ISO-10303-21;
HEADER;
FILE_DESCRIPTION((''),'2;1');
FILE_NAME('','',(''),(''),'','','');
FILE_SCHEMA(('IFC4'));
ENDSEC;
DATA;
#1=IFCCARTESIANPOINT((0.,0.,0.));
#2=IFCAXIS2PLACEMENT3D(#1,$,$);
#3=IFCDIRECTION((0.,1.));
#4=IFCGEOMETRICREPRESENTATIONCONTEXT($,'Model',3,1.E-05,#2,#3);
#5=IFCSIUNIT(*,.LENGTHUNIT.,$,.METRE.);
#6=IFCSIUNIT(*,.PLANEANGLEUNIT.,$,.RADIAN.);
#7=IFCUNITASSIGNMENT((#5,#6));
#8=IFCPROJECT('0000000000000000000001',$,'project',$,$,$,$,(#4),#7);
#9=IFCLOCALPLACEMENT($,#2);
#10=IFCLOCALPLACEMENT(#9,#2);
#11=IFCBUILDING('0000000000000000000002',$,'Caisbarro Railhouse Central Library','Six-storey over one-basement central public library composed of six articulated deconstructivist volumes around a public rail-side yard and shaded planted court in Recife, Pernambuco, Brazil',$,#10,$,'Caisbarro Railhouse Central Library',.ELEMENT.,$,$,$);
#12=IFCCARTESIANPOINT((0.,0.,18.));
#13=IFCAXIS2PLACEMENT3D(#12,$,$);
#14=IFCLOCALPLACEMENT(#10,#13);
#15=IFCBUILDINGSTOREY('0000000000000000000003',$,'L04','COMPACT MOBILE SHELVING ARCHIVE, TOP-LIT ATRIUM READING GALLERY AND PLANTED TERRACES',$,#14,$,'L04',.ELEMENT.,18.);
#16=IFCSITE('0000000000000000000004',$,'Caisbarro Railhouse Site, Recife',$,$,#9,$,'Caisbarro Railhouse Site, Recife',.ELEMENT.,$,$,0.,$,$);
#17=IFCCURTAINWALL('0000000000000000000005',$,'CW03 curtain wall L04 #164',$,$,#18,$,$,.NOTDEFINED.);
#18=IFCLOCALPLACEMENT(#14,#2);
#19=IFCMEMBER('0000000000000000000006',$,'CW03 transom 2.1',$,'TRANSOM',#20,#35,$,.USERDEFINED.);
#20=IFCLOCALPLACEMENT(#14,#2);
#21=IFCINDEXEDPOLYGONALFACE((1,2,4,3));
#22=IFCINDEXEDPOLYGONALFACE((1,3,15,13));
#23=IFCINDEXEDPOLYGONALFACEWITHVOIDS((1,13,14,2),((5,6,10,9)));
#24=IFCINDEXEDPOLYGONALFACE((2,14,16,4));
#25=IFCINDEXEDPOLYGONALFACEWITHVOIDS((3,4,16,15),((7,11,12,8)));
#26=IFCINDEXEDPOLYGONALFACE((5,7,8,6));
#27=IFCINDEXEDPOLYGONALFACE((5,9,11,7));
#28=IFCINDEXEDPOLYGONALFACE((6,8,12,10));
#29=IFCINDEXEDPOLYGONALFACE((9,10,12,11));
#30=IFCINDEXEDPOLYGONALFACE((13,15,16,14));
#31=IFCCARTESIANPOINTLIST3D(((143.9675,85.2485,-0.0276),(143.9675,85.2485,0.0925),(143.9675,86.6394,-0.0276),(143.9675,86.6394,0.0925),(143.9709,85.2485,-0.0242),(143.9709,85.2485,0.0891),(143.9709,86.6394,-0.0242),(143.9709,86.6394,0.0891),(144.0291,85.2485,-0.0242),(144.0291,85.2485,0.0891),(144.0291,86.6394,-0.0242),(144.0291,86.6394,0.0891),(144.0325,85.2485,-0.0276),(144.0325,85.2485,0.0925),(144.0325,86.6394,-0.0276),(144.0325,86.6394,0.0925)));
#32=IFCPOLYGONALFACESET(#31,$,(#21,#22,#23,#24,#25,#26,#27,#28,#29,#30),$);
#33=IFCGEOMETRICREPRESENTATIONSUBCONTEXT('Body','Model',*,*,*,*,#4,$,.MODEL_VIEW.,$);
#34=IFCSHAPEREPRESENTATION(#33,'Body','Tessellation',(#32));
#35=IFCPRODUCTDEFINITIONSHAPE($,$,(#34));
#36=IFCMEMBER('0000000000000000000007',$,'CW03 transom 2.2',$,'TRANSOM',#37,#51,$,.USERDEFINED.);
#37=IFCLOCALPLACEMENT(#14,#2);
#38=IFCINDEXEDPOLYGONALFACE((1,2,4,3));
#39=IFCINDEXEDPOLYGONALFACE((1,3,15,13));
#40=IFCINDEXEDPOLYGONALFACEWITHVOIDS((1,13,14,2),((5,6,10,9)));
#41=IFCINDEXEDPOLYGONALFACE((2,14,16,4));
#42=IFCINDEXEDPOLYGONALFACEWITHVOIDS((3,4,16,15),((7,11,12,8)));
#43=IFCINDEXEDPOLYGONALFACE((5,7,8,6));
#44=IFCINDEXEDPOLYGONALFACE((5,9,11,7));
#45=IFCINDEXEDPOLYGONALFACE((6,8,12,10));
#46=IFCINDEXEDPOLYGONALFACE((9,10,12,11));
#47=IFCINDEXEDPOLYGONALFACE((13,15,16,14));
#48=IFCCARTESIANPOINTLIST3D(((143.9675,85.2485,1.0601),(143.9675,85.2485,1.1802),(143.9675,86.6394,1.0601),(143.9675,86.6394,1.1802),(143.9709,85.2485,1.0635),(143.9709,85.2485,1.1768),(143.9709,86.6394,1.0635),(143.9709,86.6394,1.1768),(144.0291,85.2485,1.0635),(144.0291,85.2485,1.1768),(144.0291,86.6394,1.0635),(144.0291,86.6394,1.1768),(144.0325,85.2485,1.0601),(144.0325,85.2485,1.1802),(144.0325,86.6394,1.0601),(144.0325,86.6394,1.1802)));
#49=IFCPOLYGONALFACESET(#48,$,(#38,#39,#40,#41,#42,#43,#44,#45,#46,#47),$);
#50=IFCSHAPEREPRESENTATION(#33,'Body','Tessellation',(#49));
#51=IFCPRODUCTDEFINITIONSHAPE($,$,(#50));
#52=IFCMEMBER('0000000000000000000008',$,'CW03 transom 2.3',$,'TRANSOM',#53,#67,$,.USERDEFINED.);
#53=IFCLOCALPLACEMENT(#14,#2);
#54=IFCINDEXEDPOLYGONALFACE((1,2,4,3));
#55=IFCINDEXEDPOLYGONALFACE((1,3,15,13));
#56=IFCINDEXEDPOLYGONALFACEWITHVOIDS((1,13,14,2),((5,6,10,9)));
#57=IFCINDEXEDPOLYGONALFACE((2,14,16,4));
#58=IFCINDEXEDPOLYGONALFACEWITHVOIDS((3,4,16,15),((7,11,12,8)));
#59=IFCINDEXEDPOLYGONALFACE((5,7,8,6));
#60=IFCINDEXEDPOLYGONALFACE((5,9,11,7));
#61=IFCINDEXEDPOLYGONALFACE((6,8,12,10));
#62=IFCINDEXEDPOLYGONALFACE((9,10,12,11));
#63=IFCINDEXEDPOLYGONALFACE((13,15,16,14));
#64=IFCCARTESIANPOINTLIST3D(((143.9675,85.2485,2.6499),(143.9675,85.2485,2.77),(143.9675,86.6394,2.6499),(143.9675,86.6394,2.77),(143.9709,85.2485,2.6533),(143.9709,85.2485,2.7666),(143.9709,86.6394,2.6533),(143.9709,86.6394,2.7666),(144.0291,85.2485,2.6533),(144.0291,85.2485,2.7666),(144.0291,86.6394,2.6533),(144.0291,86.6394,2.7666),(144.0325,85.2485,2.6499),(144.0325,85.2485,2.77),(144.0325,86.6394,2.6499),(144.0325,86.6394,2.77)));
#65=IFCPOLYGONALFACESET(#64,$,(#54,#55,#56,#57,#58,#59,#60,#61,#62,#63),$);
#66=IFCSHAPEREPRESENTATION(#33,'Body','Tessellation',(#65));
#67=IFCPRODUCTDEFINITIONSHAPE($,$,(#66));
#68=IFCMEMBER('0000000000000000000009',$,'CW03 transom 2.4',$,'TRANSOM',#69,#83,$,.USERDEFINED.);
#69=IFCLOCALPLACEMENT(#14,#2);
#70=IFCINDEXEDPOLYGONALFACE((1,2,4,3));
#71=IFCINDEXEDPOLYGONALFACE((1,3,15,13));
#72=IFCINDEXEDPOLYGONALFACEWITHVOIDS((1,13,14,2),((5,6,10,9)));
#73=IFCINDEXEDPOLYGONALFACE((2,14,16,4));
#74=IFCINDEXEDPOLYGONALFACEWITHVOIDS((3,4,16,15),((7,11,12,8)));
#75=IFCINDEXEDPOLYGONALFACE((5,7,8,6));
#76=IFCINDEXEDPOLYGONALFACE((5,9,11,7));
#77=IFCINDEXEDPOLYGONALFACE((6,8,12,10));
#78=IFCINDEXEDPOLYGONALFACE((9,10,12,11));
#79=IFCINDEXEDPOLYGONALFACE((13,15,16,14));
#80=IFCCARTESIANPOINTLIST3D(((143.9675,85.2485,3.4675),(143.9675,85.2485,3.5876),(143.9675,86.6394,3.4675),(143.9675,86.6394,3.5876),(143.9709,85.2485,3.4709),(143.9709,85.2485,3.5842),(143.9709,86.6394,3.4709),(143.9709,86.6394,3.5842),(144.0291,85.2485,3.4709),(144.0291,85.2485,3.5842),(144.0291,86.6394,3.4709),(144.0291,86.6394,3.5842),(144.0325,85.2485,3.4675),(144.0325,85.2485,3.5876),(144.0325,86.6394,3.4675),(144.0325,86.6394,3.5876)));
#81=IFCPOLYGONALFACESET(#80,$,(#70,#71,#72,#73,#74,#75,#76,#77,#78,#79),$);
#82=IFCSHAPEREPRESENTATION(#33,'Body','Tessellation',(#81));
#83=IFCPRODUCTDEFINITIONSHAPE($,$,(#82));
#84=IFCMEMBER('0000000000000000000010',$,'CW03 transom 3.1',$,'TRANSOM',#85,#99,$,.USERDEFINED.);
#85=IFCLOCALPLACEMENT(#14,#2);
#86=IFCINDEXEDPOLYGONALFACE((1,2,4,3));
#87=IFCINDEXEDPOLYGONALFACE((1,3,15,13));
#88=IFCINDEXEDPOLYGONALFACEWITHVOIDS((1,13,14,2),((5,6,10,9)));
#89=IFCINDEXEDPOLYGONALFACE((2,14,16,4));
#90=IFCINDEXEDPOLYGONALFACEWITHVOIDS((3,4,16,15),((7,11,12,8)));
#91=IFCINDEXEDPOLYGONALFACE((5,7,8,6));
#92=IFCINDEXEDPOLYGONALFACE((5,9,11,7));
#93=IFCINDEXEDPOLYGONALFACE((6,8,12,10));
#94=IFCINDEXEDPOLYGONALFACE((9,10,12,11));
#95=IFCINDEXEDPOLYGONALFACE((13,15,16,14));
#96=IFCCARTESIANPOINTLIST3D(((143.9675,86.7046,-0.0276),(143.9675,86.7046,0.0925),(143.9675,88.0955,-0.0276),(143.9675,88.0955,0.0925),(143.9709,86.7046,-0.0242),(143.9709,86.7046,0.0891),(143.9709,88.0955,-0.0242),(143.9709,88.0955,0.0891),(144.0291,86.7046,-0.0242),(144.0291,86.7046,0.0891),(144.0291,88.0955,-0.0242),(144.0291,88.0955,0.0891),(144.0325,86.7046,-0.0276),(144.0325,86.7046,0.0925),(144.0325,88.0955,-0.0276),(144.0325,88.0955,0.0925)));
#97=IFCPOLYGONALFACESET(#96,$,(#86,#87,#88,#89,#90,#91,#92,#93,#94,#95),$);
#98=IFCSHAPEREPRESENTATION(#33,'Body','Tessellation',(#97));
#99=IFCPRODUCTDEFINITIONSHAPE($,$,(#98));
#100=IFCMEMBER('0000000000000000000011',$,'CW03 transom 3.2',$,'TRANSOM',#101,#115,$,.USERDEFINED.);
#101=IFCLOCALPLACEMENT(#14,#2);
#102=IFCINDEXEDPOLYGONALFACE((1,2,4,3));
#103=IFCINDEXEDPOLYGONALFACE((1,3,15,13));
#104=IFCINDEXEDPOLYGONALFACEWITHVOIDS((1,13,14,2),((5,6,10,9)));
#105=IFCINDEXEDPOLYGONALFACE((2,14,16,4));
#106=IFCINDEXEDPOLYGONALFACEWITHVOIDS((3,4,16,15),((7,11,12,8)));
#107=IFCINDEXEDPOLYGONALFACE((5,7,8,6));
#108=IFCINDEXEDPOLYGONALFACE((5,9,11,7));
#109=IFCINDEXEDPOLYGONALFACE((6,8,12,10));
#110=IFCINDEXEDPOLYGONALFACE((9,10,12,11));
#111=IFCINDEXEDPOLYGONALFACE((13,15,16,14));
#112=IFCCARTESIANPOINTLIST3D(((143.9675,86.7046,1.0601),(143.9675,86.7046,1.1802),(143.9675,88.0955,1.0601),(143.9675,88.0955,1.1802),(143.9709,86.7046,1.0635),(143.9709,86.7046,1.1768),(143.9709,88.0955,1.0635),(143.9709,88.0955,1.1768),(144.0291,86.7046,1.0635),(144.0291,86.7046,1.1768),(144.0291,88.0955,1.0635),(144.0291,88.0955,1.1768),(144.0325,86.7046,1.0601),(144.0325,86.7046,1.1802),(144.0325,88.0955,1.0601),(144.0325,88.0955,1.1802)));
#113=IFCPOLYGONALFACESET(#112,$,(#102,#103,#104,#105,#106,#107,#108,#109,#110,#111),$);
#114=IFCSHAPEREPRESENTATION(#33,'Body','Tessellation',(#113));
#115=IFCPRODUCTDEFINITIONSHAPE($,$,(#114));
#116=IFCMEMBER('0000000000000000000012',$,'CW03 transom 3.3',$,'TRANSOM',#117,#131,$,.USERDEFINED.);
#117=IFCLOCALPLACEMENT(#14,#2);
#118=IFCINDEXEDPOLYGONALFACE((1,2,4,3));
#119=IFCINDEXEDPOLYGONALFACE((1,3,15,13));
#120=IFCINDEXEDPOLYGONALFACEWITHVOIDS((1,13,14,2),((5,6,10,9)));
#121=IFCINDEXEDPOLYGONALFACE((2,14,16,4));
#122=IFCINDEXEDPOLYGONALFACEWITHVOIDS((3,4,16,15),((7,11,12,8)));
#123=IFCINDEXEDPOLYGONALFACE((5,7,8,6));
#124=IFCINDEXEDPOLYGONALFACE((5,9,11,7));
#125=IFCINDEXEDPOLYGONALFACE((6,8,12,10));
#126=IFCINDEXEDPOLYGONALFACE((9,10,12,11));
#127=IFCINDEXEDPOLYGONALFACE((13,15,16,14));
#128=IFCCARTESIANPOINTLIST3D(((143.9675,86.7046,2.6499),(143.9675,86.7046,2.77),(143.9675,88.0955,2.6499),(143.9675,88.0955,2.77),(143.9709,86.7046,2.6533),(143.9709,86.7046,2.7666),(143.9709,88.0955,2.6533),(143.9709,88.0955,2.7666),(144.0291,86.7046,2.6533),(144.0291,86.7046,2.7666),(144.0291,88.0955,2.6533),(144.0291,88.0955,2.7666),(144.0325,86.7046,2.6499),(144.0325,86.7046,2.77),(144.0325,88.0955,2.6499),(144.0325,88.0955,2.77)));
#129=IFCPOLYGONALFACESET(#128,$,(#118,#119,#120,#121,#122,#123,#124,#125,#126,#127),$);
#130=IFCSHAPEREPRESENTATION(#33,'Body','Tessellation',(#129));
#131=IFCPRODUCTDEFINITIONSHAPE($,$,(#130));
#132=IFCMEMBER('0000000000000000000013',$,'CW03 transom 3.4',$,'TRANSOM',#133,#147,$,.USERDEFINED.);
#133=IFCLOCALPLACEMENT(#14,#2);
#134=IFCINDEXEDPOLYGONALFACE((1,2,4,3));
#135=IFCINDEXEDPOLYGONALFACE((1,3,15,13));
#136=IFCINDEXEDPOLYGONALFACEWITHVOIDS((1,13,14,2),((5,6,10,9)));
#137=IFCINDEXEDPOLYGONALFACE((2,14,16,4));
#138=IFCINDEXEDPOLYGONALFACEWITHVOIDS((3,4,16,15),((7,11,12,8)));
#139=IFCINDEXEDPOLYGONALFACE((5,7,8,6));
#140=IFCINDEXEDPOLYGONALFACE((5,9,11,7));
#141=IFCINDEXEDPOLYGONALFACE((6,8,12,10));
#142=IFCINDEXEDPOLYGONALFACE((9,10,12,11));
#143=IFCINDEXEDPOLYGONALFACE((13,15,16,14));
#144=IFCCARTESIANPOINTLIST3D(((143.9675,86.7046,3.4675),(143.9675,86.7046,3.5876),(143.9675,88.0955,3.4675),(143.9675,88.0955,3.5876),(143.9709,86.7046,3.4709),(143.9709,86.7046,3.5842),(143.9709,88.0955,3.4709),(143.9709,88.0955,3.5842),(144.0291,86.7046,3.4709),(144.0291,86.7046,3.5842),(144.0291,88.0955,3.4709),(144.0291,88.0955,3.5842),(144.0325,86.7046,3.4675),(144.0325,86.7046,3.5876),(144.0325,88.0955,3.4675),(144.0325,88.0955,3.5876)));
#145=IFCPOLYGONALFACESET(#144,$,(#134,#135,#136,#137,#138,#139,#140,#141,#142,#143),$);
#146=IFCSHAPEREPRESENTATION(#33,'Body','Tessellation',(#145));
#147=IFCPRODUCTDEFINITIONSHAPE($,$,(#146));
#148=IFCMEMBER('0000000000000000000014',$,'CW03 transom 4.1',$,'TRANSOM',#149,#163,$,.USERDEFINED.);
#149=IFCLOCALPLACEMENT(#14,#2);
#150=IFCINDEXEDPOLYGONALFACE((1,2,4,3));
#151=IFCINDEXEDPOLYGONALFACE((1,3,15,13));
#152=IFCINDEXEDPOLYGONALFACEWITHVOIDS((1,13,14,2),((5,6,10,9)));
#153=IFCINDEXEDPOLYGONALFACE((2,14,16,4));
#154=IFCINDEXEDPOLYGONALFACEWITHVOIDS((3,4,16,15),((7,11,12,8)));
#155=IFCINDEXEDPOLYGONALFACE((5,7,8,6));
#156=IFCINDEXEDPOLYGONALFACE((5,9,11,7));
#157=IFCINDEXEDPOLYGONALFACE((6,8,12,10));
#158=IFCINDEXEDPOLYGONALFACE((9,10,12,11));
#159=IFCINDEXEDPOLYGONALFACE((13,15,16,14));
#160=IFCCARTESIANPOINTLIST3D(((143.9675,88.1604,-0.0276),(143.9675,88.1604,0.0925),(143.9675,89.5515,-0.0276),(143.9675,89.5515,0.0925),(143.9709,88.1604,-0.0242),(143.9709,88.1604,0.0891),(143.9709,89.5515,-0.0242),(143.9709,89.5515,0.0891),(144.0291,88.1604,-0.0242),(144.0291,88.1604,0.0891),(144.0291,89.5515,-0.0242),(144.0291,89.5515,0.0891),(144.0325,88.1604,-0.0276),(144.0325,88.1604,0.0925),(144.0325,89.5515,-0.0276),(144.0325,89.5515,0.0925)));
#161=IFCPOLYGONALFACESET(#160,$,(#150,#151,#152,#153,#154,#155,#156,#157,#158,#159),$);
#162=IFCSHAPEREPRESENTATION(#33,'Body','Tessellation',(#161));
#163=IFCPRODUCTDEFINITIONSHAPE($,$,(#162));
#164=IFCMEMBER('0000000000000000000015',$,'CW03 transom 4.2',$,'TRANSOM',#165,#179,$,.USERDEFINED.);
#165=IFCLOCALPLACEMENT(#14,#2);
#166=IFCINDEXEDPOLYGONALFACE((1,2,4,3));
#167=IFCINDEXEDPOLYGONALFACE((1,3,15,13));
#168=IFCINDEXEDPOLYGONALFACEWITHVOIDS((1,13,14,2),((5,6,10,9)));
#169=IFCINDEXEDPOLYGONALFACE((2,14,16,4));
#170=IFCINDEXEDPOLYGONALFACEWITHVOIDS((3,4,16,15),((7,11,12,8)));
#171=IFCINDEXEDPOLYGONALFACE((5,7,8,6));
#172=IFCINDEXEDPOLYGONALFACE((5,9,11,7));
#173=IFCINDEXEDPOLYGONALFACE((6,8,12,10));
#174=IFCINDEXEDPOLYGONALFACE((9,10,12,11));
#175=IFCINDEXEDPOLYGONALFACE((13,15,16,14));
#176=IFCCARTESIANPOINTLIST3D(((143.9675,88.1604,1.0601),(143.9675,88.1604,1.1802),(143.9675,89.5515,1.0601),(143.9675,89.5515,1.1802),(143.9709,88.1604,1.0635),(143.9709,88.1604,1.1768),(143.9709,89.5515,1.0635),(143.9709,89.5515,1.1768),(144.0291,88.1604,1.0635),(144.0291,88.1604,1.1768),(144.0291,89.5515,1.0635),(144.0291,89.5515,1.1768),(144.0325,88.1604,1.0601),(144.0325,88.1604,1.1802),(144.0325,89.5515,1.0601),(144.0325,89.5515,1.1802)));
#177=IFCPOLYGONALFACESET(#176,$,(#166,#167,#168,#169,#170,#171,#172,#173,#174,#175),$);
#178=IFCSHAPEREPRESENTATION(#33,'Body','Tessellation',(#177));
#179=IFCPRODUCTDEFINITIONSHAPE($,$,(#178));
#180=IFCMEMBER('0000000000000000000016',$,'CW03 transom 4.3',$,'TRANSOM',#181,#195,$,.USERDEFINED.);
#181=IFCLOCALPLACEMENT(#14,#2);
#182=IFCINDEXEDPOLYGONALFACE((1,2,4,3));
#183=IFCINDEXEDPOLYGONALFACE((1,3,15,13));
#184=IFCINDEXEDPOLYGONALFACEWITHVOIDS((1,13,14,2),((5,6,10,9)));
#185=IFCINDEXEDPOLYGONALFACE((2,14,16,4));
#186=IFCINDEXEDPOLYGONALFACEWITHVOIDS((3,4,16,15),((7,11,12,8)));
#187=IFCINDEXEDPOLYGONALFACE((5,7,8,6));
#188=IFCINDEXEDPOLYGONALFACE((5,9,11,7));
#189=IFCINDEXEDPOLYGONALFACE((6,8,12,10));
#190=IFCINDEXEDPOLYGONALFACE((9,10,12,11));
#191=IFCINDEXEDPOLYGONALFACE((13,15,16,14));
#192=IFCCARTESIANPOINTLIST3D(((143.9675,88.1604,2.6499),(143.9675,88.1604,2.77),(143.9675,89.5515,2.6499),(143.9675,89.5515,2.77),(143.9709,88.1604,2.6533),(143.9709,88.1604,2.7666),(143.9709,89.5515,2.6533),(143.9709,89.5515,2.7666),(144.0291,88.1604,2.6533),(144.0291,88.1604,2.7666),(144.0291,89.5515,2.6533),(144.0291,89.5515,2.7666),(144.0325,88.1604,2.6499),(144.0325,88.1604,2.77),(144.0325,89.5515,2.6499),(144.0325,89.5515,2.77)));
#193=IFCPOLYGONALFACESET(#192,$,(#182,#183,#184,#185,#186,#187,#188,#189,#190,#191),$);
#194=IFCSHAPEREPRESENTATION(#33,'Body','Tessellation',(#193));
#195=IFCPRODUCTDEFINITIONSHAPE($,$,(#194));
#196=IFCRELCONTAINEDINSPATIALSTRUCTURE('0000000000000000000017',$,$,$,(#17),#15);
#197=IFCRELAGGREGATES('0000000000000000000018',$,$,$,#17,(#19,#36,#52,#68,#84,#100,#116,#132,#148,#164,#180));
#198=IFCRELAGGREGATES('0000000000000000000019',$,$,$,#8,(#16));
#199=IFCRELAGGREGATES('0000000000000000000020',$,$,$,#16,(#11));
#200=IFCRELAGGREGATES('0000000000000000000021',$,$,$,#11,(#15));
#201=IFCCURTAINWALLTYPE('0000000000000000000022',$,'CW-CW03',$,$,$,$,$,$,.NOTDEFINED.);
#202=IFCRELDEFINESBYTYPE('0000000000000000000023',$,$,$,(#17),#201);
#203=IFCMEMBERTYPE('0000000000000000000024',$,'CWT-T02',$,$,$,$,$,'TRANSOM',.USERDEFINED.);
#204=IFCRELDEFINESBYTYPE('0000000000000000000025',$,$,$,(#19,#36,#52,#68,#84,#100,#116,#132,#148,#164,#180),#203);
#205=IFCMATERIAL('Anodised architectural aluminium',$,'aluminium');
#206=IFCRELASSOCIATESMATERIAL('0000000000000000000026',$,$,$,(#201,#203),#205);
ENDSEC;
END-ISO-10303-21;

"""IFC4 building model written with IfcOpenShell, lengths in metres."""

from ifc_helpers import new_model, si_unit, direction, frame, origin, origin_2d, place, context, subcontext, project, spatial, hollow_rectangle, extrude, material, material_profile, profile_set, type_object, element, aggregate, save


model = new_model("IFC4")

# Units and contexts
model_context = context("Model", 3, precision=1e-05, world=origin(), true_north=direction((0.0, 1.0)))
body_context = subcontext(model_context, "Body", "Model", "MODEL_VIEW")
ifc_project = project(units=[si_unit("LENGTHUNIT", "METRE"), si_unit("PLANEANGLEUNIT", "RADIAN")], contexts=[model_context])

# Site, building, storey
site_placement = place(None, origin())
site = spatial("IfcSite", under=ifc_project, at=site_placement, Name="Caisbarro Railhouse Site, Recife", LongName="Caisbarro Railhouse Site, Recife", CompositionType="ELEMENT", RefElevation=0.0)
building_placement = place(site_placement, origin())
building = spatial("IfcBuilding", under=site, at=building_placement, Name="Caisbarro Railhouse Central Library", Description="Six-storey over one-basement central public library composed of six articulated deconstructivist volumes around a public rail-side yard and shaded planted court in Recife, Pernambuco, Brazil", LongName="Caisbarro Railhouse Central Library", CompositionType="ELEMENT")
storey_placement = place(building_placement, frame((0.0, 0.0, 18.0)))
storey = spatial("IfcBuildingStorey", under=building, at=storey_placement, Name="L04", Description="COMPACT MOBILE SHELVING ARCHIVE, TOP-LIT ATRIUM READING GALLERY AND PLANTED TERRACES", LongName="L04", CompositionType="ELEMENT", Elevation=18.0)

# Curtain wall, members
ifc_material_1 = material(Name="Anodised architectural aluminium", Category="aluminium")
curtain_wall_type = type_object("IfcCurtainWallType", Name="CW-CW03", PredefinedType="NOTDEFINED", material=ifc_material_1)
curtain_wall_placement = place(storey_placement, origin())
curtain_wall = element("IfcCurtainWall", 1, at=curtain_wall_placement, inside=storey, type_object=curtain_wall_type, Name="CW03 curtain wall L04 #164", PredefinedType="NOTDEFINED")
ifc_material_profile_1 = material_profile(ifc_material_1, hollow_rectangle(XDim=0.0649, YDim=0.1201, WallThickness=0.0034, at=origin_2d()), Name="ALU-TRN-65X120")
ifc_profile_set_1 = profile_set([ifc_material_profile_1], Name="Anodised architectural aluminium")
member_type_1 = type_object("IfcMemberType", Name="CWT-T02", ElementType="TRANSOM", PredefinedType="USERDEFINED", material=ifc_profile_set_1)
member_1_placement = place(storey_placement, frame((144.0, 85.2485, 0.0325), z_axis=(0.0, 1.0, 0.0), x_axis=(-1.0, 0.0, 0.0)))
member_1 = element("IfcMember", 2, at=member_1_placement, type_object=member_type_1, Name="CW03 transom 2.1", ObjectType="TRANSOM", PredefinedType="USERDEFINED", context=body_context, shape_type="SweptSolid", body=[
    extrude(hollow_rectangle(XDim=0.0649, YDim=0.1201, WallThickness=0.0034, at=origin_2d()), origin(), (0.0, 0.0, 1.0), 1.3909),
])
member_2_placement = place(storey_placement, frame((144.0, 85.2485, 1.1201), z_axis=(0.0, 1.0, 0.0), x_axis=(-1.0, 0.0, 0.0)))
member_2 = element("IfcMember", 3, at=member_2_placement, type_object=member_type_1, Name="CW03 transom 2.2", ObjectType="TRANSOM", PredefinedType="USERDEFINED", context=body_context, shape_type="SweptSolid", body=[
    extrude(hollow_rectangle(XDim=0.0649, YDim=0.1201, WallThickness=0.0034, at=origin_2d()), origin(), (0.0, 0.0, 1.0), 1.3909),
])
member_3_placement = place(storey_placement, frame((144.0, 85.2485, 2.71), z_axis=(0.0, 1.0, 0.0), x_axis=(-1.0, 0.0, 0.0)))
member_3 = element("IfcMember", 4, at=member_3_placement, type_object=member_type_1, Name="CW03 transom 2.3", ObjectType="TRANSOM", PredefinedType="USERDEFINED", context=body_context, shape_type="SweptSolid", body=[
    extrude(hollow_rectangle(XDim=0.0649, YDim=0.1201, WallThickness=0.0034, at=origin_2d()), origin(), (0.0, 0.0, 1.0), 1.3909),
])
member_4_placement = place(storey_placement, frame((144.0, 85.2485, 3.5276), z_axis=(0.0, 1.0, 0.0), x_axis=(-1.0, 0.0, 0.0)))
member_4 = element("IfcMember", 5, at=member_4_placement, type_object=member_type_1, Name="CW03 transom 2.4", ObjectType="TRANSOM", PredefinedType="USERDEFINED", context=body_context, shape_type="SweptSolid", body=[
    extrude(hollow_rectangle(XDim=0.0649, YDim=0.1201, WallThickness=0.0034, at=origin_2d()), origin(), (0.0, 0.0, 1.0), 1.3909),
])
member_5_placement = place(storey_placement, frame((144.0, 86.7046, 0.0325), z_axis=(0.0, 1.0, 0.0), x_axis=(-1.0, 0.0, 0.0)))
member_5 = element("IfcMember", 6, at=member_5_placement, type_object=member_type_1, Name="CW03 transom 3.1", ObjectType="TRANSOM", PredefinedType="USERDEFINED", context=body_context, shape_type="SweptSolid", body=[
    extrude(hollow_rectangle(XDim=0.0649, YDim=0.1201, WallThickness=0.0034, at=origin_2d()), origin(), (0.0, 0.0, 1.0), 1.3909),
])
member_6_placement = place(storey_placement, frame((144.0, 86.7046, 1.1201), z_axis=(0.0, 1.0, 0.0), x_axis=(-1.0, 0.0, 0.0)))
member_6 = element("IfcMember", 7, at=member_6_placement, type_object=member_type_1, Name="CW03 transom 3.2", ObjectType="TRANSOM", PredefinedType="USERDEFINED", context=body_context, shape_type="SweptSolid", body=[
    extrude(hollow_rectangle(XDim=0.0649, YDim=0.1201, WallThickness=0.0034, at=origin_2d()), origin(), (0.0, 0.0, 1.0), 1.3909),
])
member_7_placement = place(storey_placement, frame((144.0, 86.7046, 2.71), z_axis=(0.0, 1.0, 0.0), x_axis=(-1.0, 0.0, 0.0)))
member_7 = element("IfcMember", 8, at=member_7_placement, type_object=member_type_1, Name="CW03 transom 3.3", ObjectType="TRANSOM", PredefinedType="USERDEFINED", context=body_context, shape_type="SweptSolid", body=[
    extrude(hollow_rectangle(XDim=0.0649, YDim=0.1201, WallThickness=0.0034, at=origin_2d()), origin(), (0.0, 0.0, 1.0), 1.3909),
])
member_8_placement = place(storey_placement, frame((144.0, 86.7046, 3.5276), z_axis=(0.0, 1.0, 0.0), x_axis=(-1.0, 0.0, 0.0)))
member_8 = element("IfcMember", 9, at=member_8_placement, type_object=member_type_1, Name="CW03 transom 3.4", ObjectType="TRANSOM", PredefinedType="USERDEFINED", context=body_context, shape_type="SweptSolid", body=[
    extrude(hollow_rectangle(XDim=0.0649, YDim=0.1201, WallThickness=0.0034, at=origin_2d()), origin(), (0.0, 0.0, 1.0), 1.3909),
])
member_9_placement = place(storey_placement, frame((144.0, 88.1604, 0.0325), z_axis=(0.0, 1.0, 0.0), x_axis=(-1.0, 0.0, 0.0)))
member_9 = element("IfcMember", 10, at=member_9_placement, type_object=member_type_1, Name="CW03 transom 4.1", ObjectType="TRANSOM", PredefinedType="USERDEFINED", context=body_context, shape_type="SweptSolid", body=[
    extrude(hollow_rectangle(XDim=0.0649, YDim=0.1201, WallThickness=0.0034, at=origin_2d()), origin(), (0.0, 0.0, 1.0), 1.3911),
])
member_10_placement = place(storey_placement, frame((144.0, 88.1604, 1.1201), z_axis=(0.0, 1.0, 0.0), x_axis=(-1.0, 0.0, 0.0)))
member_10 = element("IfcMember", 11, at=member_10_placement, type_object=member_type_1, Name="CW03 transom 4.2", ObjectType="TRANSOM", PredefinedType="USERDEFINED", context=body_context, shape_type="SweptSolid", body=[
    extrude(hollow_rectangle(XDim=0.0649, YDim=0.1201, WallThickness=0.0034, at=origin_2d()), origin(), (0.0, 0.0, 1.0), 1.3911),
])
member_11_placement = place(storey_placement, frame((144.0, 88.1604, 2.71), z_axis=(0.0, 1.0, 0.0), x_axis=(-1.0, 0.0, 0.0)))
member_11 = element("IfcMember", 12, at=member_11_placement, type_object=member_type_1, Name="CW03 transom 4.3", ObjectType="TRANSOM", PredefinedType="USERDEFINED", context=body_context, shape_type="SweptSolid", body=[
    extrude(hollow_rectangle(XDim=0.0649, YDim=0.1201, WallThickness=0.0034, at=origin_2d()), origin(), (0.0, 0.0, 1.0), 1.3911),
])
aggregate(curtain_wall, [member_1, member_2, member_3, member_4, member_5, member_6, member_7, member_8, member_9, member_10, member_11])

save(model, "model.ifc")
